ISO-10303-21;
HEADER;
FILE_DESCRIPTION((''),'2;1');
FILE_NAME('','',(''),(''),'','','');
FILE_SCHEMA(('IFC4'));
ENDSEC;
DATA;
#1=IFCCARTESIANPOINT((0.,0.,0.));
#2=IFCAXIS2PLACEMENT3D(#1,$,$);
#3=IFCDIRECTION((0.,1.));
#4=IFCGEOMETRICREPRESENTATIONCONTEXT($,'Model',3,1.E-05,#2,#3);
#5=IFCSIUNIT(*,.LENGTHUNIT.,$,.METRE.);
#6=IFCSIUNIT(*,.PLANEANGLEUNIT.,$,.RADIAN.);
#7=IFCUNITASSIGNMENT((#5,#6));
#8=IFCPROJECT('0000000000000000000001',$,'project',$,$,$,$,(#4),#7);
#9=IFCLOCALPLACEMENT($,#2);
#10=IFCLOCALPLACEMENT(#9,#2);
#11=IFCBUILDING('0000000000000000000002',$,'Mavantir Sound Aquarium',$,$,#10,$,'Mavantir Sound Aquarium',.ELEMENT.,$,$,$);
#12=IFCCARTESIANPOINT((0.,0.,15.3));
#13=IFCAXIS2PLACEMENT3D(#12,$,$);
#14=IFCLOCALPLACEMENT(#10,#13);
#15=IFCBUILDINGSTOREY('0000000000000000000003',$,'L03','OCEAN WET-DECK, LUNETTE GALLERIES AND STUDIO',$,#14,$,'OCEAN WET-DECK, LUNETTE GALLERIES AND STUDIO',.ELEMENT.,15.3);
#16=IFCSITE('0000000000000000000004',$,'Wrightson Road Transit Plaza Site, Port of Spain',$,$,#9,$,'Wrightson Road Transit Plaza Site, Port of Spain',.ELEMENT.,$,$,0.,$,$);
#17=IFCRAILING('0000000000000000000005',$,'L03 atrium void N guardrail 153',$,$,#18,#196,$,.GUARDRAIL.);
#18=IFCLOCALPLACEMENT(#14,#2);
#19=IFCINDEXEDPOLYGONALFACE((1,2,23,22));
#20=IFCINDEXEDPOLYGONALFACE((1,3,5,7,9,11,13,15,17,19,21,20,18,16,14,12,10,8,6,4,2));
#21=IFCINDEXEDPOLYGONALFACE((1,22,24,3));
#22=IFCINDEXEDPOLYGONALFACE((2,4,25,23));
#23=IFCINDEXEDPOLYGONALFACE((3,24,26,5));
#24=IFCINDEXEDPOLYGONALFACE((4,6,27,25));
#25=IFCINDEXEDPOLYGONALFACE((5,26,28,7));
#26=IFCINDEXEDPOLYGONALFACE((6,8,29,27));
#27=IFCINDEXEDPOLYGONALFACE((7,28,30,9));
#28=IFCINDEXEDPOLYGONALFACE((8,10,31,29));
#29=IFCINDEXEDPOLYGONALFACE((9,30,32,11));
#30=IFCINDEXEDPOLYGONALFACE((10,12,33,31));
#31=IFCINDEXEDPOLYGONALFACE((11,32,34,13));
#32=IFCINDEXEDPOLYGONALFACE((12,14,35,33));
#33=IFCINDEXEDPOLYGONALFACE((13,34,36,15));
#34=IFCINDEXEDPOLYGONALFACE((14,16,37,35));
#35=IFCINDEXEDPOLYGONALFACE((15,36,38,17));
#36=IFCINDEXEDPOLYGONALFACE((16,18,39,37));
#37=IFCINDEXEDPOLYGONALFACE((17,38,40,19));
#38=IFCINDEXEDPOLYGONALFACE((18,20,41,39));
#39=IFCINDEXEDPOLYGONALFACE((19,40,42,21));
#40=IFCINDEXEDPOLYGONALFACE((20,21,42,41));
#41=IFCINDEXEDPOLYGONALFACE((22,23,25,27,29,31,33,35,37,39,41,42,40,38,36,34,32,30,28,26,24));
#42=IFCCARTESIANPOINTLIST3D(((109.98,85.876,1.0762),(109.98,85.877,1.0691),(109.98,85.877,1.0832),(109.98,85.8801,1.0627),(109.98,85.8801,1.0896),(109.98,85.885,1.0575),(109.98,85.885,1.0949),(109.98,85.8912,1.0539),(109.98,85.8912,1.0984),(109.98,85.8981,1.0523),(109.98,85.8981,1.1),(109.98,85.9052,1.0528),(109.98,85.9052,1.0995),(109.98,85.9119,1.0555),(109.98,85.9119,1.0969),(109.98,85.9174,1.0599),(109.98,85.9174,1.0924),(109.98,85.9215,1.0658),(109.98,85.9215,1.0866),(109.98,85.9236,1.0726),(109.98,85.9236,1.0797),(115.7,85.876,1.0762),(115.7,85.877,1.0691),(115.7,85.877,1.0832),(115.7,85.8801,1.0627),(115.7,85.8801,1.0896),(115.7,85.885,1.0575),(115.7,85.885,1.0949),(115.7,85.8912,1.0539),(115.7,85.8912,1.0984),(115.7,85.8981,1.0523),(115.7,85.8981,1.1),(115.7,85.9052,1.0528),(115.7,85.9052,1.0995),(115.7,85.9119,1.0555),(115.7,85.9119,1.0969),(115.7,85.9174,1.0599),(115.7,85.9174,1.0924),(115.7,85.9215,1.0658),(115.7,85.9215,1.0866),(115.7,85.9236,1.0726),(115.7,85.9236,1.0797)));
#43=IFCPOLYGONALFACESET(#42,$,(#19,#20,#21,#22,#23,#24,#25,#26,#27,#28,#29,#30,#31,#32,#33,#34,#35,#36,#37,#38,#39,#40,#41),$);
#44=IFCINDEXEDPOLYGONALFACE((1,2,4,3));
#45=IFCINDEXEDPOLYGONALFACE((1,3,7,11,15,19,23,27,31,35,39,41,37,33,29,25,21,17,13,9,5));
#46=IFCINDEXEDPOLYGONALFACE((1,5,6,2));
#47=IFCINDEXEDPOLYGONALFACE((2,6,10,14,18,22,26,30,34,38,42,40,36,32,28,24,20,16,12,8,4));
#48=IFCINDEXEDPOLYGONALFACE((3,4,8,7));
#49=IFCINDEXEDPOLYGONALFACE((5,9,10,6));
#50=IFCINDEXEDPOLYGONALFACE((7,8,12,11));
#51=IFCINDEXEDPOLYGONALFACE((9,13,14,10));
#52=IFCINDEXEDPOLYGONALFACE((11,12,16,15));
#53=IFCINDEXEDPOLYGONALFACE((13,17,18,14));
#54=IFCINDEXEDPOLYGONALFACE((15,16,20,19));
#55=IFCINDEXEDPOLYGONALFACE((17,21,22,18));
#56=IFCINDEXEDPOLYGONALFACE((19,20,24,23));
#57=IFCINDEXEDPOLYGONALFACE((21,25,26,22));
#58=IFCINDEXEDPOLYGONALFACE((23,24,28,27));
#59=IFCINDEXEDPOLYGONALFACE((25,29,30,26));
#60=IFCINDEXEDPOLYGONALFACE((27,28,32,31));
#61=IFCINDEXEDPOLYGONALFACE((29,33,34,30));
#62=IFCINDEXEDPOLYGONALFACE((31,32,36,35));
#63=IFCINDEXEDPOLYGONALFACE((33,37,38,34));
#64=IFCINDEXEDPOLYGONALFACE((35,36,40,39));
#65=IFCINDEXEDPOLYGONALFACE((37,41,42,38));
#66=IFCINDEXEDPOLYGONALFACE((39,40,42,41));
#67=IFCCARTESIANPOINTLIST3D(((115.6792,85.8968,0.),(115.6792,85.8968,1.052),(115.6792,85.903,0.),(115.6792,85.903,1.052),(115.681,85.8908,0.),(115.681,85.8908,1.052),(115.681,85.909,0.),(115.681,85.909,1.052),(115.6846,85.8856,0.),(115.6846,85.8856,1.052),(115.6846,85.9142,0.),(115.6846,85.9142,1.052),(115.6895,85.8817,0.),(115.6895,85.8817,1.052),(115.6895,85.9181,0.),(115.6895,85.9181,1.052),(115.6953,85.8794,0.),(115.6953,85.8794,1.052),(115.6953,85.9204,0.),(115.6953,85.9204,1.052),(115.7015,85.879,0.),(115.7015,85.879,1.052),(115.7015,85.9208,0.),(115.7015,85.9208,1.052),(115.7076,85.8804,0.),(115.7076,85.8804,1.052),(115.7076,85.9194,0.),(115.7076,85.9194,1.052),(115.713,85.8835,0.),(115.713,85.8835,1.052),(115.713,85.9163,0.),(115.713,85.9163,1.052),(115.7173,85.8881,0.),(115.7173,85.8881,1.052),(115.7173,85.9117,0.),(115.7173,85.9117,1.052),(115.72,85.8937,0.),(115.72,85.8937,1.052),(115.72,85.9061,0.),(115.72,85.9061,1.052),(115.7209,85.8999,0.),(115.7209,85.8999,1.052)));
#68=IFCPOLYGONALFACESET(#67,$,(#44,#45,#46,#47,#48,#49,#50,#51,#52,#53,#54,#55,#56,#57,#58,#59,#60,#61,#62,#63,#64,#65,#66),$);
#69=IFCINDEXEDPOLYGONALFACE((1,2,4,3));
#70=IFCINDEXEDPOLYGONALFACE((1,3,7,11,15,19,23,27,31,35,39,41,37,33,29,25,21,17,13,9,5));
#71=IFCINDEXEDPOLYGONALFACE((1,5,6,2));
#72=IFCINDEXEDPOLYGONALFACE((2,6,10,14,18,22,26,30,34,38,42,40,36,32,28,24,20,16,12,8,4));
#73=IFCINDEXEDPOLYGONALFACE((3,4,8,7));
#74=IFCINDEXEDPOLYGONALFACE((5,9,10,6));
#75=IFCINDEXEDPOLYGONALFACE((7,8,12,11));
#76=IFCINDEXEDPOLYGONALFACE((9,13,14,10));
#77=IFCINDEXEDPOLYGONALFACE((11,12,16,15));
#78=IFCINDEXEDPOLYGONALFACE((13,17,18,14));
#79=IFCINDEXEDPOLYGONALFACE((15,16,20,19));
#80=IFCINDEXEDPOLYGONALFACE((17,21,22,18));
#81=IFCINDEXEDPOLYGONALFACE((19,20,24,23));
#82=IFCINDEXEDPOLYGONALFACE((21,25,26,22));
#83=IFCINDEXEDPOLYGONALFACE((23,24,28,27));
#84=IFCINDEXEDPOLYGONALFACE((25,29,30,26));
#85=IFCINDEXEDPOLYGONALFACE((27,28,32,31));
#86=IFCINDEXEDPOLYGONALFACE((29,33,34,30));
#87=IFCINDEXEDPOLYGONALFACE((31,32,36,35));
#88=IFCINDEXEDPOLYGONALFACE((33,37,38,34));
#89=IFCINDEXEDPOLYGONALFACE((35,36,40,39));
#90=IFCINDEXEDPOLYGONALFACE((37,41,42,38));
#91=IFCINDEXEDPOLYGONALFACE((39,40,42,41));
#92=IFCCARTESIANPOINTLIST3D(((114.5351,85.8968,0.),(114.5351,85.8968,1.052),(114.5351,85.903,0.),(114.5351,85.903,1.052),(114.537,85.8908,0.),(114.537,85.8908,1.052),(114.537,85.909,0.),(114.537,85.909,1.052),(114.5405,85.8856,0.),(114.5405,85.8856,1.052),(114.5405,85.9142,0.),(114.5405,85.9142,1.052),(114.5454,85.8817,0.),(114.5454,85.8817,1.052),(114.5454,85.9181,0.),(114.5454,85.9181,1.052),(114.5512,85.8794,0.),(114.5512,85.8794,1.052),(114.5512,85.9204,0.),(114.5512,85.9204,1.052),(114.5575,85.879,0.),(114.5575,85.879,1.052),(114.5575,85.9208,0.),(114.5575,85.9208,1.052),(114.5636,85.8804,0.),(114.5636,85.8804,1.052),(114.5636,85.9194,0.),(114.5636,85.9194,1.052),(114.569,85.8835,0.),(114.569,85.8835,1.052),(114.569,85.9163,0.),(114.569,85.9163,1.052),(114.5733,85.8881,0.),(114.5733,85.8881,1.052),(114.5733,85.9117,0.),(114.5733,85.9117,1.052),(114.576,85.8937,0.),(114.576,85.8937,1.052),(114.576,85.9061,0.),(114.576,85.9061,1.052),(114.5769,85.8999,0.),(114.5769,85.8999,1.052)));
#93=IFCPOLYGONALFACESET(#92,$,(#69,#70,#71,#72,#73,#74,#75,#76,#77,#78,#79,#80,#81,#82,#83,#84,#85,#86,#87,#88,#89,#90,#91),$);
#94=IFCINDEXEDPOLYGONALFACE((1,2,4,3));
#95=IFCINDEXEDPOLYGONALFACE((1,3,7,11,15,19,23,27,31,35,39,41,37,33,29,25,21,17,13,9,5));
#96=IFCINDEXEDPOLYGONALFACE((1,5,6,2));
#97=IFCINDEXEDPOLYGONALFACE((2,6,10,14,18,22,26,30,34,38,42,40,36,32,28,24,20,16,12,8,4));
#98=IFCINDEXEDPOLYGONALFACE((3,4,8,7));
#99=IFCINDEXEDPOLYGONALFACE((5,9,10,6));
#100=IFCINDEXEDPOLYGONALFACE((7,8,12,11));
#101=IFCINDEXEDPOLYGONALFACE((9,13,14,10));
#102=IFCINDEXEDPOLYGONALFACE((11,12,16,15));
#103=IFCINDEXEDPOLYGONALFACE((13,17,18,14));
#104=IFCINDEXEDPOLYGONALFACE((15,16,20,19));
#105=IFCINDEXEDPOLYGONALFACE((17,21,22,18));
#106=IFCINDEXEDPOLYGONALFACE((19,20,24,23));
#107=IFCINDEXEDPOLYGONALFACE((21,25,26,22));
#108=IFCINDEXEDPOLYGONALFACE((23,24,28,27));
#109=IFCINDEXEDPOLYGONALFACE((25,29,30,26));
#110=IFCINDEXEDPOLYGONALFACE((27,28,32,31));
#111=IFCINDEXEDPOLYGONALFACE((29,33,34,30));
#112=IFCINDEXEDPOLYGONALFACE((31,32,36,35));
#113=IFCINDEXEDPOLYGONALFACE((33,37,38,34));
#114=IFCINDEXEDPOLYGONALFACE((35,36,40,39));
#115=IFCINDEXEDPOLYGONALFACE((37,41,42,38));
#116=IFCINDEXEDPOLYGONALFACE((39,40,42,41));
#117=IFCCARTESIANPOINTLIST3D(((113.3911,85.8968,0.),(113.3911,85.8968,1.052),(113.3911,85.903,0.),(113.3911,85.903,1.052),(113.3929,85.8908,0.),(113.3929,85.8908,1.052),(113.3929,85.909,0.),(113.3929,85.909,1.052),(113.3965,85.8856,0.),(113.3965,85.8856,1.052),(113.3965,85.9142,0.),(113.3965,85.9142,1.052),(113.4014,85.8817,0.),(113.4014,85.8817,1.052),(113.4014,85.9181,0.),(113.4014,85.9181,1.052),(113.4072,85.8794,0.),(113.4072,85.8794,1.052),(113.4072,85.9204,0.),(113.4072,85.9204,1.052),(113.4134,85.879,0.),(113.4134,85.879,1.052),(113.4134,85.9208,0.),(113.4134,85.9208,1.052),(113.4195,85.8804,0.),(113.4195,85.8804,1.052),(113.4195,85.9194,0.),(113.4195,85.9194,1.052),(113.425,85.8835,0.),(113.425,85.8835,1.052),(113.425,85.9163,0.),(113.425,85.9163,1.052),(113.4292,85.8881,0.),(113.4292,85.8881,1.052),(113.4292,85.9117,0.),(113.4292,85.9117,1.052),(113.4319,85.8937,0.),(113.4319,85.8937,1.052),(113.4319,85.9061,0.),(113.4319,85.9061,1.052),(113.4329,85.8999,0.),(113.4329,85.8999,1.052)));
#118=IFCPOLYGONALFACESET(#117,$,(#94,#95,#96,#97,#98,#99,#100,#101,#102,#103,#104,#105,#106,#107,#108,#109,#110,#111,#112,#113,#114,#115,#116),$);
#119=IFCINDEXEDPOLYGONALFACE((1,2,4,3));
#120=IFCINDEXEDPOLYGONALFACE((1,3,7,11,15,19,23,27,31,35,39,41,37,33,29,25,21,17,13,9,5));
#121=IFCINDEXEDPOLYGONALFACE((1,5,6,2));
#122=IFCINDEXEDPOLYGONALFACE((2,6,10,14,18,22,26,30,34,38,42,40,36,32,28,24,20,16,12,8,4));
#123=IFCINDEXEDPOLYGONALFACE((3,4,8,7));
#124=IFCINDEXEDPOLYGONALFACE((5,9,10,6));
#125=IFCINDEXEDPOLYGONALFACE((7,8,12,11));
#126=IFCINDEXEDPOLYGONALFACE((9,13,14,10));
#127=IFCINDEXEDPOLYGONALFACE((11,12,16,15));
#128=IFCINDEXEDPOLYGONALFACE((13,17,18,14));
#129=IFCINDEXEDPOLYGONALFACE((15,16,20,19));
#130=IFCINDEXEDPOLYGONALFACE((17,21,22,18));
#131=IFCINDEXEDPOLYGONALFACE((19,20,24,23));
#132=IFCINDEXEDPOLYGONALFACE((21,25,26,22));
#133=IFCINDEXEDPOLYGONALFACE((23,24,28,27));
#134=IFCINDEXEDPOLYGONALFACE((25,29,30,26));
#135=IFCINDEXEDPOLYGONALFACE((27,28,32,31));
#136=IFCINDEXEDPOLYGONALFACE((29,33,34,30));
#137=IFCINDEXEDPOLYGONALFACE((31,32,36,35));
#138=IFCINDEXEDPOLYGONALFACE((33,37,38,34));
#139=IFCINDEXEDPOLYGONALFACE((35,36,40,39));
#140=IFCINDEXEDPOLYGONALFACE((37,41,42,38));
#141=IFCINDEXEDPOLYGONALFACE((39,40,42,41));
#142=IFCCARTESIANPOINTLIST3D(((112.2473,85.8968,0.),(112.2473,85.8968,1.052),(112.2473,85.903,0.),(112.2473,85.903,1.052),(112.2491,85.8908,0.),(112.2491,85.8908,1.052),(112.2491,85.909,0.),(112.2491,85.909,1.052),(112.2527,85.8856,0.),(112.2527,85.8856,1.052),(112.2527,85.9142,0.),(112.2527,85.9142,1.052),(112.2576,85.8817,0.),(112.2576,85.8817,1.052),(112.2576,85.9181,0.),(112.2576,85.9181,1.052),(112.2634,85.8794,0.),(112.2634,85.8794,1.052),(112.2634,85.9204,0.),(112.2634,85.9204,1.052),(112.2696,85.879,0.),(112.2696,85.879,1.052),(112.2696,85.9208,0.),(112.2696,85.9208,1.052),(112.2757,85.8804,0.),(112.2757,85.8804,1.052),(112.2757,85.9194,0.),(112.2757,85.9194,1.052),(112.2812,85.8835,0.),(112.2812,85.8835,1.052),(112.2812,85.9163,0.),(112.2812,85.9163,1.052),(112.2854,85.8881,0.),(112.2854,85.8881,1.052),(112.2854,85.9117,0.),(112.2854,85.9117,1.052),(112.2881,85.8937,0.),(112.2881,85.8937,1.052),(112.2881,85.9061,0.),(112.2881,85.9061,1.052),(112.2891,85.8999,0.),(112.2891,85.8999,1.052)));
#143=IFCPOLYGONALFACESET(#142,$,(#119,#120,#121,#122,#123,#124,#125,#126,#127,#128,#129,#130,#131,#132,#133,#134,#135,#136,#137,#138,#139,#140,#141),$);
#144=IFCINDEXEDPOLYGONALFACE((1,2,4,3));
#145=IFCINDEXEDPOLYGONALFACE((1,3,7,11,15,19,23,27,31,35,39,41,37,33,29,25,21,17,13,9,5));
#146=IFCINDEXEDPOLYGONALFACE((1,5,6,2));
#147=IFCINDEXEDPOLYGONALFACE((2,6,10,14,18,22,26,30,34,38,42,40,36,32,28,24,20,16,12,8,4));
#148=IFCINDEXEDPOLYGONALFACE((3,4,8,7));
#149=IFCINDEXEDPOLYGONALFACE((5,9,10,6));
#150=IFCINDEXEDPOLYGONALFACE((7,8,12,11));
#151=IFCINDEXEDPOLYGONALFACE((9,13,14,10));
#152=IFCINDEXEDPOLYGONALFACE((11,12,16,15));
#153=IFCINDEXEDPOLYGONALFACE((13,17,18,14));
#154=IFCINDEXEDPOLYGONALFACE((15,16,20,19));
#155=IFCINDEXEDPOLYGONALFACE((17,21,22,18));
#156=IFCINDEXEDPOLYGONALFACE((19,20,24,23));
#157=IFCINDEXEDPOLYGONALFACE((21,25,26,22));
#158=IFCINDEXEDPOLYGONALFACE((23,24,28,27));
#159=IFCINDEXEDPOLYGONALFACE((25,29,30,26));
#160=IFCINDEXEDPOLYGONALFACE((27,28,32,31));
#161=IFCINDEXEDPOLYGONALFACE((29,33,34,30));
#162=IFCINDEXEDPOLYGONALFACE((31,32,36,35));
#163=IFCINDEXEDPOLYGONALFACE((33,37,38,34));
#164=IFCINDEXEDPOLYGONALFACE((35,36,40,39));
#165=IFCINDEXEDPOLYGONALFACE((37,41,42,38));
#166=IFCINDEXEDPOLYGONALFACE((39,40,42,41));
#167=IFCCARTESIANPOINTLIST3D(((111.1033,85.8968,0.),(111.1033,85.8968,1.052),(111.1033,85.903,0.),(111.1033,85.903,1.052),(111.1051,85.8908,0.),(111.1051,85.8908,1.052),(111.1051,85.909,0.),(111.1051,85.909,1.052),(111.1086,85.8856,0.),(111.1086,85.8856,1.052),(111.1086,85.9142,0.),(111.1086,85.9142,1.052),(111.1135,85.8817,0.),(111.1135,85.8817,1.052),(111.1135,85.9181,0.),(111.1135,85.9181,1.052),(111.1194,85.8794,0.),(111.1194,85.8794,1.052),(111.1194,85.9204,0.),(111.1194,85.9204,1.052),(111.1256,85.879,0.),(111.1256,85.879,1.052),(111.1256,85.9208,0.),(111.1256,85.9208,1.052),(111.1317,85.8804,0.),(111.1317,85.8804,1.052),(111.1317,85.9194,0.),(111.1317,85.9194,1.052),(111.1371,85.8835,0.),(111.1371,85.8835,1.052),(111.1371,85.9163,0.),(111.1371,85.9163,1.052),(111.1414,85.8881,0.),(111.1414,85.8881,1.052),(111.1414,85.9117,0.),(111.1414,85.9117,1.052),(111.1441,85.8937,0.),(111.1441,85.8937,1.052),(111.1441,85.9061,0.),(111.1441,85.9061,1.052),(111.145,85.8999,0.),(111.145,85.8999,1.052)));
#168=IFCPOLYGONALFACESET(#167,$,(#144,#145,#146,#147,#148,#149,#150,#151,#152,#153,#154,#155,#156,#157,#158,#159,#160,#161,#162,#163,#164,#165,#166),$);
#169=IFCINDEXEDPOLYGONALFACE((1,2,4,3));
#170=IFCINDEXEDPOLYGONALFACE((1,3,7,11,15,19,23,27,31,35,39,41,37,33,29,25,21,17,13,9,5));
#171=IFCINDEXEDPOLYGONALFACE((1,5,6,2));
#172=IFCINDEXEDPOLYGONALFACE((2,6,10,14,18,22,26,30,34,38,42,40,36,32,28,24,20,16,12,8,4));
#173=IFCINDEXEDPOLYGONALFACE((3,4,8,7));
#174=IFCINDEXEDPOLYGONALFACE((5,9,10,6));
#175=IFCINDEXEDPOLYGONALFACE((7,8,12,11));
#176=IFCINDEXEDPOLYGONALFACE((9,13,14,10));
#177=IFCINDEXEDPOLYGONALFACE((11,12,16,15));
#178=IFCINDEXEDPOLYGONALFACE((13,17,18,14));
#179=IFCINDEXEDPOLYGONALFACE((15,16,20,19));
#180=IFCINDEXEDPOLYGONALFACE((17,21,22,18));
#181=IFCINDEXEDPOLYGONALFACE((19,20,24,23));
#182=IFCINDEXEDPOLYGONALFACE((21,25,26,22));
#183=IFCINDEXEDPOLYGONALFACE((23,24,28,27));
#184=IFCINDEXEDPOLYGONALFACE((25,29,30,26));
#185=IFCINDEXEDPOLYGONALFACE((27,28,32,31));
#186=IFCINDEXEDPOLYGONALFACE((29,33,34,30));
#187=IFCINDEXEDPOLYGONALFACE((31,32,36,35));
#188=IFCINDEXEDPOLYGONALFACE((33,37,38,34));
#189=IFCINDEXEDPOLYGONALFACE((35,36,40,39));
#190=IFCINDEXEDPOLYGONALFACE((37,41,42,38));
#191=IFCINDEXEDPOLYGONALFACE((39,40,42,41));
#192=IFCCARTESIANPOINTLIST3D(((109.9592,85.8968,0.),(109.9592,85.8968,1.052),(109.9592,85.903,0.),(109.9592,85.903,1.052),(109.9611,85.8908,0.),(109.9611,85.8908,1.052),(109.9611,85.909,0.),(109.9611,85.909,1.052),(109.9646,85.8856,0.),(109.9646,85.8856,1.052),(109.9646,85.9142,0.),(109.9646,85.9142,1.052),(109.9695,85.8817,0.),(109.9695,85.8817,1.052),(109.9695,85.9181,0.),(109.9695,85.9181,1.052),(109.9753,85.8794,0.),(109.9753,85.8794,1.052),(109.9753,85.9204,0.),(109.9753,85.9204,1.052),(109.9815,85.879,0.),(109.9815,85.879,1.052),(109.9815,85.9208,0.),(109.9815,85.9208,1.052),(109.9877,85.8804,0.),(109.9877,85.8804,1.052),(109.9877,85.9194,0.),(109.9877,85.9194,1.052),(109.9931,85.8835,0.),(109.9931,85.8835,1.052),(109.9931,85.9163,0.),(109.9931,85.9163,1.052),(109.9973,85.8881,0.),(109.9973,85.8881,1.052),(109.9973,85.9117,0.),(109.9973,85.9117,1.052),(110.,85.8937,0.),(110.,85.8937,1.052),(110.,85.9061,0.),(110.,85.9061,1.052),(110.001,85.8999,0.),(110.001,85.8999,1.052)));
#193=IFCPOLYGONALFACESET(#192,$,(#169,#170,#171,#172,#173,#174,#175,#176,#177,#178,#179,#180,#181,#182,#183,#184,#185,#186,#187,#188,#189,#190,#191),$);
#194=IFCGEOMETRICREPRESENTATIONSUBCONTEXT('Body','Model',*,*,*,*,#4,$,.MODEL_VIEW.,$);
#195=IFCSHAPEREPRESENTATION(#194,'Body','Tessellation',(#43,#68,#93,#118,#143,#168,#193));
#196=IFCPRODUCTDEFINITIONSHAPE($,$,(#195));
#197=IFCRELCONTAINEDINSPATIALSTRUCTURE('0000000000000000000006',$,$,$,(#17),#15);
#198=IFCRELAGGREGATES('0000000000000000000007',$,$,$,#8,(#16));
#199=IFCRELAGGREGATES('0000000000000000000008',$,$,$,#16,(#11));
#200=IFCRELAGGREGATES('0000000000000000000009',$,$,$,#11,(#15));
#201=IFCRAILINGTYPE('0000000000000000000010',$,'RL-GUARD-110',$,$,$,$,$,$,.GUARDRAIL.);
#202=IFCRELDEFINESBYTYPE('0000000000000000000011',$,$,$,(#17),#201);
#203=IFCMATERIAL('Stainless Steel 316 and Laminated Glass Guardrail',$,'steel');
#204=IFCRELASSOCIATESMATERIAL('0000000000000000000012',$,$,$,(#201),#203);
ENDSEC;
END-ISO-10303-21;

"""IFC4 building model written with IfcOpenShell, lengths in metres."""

from ifc_helpers import new_model, si_unit, direction, frame, origin, origin_2d, place, context, subcontext, project, spatial, circle, extrude, material, type_object, element, save


model = new_model("IFC4")

# Units and contexts
model_context = context("Model", 3, precision=1e-05, world=origin(), true_north=direction((0.0, 1.0)))
body_context = subcontext(model_context, "Body", "Model", "MODEL_VIEW")
ifc_project = project(units=[si_unit("LENGTHUNIT", "METRE"), si_unit("PLANEANGLEUNIT", "RADIAN")], contexts=[model_context])

# Site, building, storey
site_placement = place(None, origin())
site = spatial("IfcSite", under=ifc_project, at=site_placement, Name="Wrightson Road Transit Plaza Site, Port of Spain", LongName="Wrightson Road Transit Plaza Site, Port of Spain", CompositionType="ELEMENT", RefElevation=0.0)
building_placement = place(site_placement, origin())
building = spatial("IfcBuilding", under=site, at=building_placement, Name="Mavantir Sound Aquarium", LongName="Mavantir Sound Aquarium", CompositionType="ELEMENT")
storey_placement = place(building_placement, frame((0.0, 0.0, 15.3)))
storey = spatial("IfcBuildingStorey", under=building, at=storey_placement, Name="L03", Description="OCEAN WET-DECK, LUNETTE GALLERIES AND STUDIO", LongName="OCEAN WET-DECK, LUNETTE GALLERIES AND STUDIO", CompositionType="ELEMENT", Elevation=15.3)

# Railing
ifc_material_1 = material(Name="Stainless Steel 316 and Laminated Glass Guardrail", Category="steel")
railing_type = type_object("IfcRailingType", Name="RL-GUARD-110", PredefinedType="GUARDRAIL", material=ifc_material_1)
railing_placement = place(storey_placement, frame((115.7, 85.8999, 0.0)))
element("IfcRailing", 1, at=railing_placement, inside=storey, type_object=railing_type, Name="L03 atrium void N guardrail 153", PredefinedType="GUARDRAIL", context=body_context, shape_type="SweptSolid", body=[
    extrude(circle(Radius=0.0239, at=origin_2d()), frame((0.0, 0.0, 1.0762), z_axis=(-1.0, 0.0, 0.0), x_axis=(0.0, -1.0, 0.0)), (0.0, 0.0, 1.0), 5.72),
    extrude(circle(Radius=0.021, at=origin_2d()), origin(), (0.0, 0.0, 1.0), 1.052),
    extrude(circle(Radius=0.021, at=origin_2d()), frame((-1.144, 0.0, 0.0)), (0.0, 0.0, 1.0), 1.052),
    extrude(circle(Radius=0.021, at=origin_2d()), frame((-2.2881, 0.0, 0.0)), (0.0, 0.0, 1.0), 1.052),
    extrude(circle(Radius=0.021, at=origin_2d()), frame((-3.4319, 0.0, 0.0)), (0.0, 0.0, 1.0), 1.052),
    extrude(circle(Radius=0.021, at=origin_2d()), frame((-4.5759, 0.0, 0.0)), (0.0, 0.0, 1.0), 1.052),
    extrude(circle(Radius=0.021, at=origin_2d()), frame((-5.72, 0.0, 0.0)), (0.0, 0.0, 1.0), 1.052),
])

save(model, "model.ifc")
